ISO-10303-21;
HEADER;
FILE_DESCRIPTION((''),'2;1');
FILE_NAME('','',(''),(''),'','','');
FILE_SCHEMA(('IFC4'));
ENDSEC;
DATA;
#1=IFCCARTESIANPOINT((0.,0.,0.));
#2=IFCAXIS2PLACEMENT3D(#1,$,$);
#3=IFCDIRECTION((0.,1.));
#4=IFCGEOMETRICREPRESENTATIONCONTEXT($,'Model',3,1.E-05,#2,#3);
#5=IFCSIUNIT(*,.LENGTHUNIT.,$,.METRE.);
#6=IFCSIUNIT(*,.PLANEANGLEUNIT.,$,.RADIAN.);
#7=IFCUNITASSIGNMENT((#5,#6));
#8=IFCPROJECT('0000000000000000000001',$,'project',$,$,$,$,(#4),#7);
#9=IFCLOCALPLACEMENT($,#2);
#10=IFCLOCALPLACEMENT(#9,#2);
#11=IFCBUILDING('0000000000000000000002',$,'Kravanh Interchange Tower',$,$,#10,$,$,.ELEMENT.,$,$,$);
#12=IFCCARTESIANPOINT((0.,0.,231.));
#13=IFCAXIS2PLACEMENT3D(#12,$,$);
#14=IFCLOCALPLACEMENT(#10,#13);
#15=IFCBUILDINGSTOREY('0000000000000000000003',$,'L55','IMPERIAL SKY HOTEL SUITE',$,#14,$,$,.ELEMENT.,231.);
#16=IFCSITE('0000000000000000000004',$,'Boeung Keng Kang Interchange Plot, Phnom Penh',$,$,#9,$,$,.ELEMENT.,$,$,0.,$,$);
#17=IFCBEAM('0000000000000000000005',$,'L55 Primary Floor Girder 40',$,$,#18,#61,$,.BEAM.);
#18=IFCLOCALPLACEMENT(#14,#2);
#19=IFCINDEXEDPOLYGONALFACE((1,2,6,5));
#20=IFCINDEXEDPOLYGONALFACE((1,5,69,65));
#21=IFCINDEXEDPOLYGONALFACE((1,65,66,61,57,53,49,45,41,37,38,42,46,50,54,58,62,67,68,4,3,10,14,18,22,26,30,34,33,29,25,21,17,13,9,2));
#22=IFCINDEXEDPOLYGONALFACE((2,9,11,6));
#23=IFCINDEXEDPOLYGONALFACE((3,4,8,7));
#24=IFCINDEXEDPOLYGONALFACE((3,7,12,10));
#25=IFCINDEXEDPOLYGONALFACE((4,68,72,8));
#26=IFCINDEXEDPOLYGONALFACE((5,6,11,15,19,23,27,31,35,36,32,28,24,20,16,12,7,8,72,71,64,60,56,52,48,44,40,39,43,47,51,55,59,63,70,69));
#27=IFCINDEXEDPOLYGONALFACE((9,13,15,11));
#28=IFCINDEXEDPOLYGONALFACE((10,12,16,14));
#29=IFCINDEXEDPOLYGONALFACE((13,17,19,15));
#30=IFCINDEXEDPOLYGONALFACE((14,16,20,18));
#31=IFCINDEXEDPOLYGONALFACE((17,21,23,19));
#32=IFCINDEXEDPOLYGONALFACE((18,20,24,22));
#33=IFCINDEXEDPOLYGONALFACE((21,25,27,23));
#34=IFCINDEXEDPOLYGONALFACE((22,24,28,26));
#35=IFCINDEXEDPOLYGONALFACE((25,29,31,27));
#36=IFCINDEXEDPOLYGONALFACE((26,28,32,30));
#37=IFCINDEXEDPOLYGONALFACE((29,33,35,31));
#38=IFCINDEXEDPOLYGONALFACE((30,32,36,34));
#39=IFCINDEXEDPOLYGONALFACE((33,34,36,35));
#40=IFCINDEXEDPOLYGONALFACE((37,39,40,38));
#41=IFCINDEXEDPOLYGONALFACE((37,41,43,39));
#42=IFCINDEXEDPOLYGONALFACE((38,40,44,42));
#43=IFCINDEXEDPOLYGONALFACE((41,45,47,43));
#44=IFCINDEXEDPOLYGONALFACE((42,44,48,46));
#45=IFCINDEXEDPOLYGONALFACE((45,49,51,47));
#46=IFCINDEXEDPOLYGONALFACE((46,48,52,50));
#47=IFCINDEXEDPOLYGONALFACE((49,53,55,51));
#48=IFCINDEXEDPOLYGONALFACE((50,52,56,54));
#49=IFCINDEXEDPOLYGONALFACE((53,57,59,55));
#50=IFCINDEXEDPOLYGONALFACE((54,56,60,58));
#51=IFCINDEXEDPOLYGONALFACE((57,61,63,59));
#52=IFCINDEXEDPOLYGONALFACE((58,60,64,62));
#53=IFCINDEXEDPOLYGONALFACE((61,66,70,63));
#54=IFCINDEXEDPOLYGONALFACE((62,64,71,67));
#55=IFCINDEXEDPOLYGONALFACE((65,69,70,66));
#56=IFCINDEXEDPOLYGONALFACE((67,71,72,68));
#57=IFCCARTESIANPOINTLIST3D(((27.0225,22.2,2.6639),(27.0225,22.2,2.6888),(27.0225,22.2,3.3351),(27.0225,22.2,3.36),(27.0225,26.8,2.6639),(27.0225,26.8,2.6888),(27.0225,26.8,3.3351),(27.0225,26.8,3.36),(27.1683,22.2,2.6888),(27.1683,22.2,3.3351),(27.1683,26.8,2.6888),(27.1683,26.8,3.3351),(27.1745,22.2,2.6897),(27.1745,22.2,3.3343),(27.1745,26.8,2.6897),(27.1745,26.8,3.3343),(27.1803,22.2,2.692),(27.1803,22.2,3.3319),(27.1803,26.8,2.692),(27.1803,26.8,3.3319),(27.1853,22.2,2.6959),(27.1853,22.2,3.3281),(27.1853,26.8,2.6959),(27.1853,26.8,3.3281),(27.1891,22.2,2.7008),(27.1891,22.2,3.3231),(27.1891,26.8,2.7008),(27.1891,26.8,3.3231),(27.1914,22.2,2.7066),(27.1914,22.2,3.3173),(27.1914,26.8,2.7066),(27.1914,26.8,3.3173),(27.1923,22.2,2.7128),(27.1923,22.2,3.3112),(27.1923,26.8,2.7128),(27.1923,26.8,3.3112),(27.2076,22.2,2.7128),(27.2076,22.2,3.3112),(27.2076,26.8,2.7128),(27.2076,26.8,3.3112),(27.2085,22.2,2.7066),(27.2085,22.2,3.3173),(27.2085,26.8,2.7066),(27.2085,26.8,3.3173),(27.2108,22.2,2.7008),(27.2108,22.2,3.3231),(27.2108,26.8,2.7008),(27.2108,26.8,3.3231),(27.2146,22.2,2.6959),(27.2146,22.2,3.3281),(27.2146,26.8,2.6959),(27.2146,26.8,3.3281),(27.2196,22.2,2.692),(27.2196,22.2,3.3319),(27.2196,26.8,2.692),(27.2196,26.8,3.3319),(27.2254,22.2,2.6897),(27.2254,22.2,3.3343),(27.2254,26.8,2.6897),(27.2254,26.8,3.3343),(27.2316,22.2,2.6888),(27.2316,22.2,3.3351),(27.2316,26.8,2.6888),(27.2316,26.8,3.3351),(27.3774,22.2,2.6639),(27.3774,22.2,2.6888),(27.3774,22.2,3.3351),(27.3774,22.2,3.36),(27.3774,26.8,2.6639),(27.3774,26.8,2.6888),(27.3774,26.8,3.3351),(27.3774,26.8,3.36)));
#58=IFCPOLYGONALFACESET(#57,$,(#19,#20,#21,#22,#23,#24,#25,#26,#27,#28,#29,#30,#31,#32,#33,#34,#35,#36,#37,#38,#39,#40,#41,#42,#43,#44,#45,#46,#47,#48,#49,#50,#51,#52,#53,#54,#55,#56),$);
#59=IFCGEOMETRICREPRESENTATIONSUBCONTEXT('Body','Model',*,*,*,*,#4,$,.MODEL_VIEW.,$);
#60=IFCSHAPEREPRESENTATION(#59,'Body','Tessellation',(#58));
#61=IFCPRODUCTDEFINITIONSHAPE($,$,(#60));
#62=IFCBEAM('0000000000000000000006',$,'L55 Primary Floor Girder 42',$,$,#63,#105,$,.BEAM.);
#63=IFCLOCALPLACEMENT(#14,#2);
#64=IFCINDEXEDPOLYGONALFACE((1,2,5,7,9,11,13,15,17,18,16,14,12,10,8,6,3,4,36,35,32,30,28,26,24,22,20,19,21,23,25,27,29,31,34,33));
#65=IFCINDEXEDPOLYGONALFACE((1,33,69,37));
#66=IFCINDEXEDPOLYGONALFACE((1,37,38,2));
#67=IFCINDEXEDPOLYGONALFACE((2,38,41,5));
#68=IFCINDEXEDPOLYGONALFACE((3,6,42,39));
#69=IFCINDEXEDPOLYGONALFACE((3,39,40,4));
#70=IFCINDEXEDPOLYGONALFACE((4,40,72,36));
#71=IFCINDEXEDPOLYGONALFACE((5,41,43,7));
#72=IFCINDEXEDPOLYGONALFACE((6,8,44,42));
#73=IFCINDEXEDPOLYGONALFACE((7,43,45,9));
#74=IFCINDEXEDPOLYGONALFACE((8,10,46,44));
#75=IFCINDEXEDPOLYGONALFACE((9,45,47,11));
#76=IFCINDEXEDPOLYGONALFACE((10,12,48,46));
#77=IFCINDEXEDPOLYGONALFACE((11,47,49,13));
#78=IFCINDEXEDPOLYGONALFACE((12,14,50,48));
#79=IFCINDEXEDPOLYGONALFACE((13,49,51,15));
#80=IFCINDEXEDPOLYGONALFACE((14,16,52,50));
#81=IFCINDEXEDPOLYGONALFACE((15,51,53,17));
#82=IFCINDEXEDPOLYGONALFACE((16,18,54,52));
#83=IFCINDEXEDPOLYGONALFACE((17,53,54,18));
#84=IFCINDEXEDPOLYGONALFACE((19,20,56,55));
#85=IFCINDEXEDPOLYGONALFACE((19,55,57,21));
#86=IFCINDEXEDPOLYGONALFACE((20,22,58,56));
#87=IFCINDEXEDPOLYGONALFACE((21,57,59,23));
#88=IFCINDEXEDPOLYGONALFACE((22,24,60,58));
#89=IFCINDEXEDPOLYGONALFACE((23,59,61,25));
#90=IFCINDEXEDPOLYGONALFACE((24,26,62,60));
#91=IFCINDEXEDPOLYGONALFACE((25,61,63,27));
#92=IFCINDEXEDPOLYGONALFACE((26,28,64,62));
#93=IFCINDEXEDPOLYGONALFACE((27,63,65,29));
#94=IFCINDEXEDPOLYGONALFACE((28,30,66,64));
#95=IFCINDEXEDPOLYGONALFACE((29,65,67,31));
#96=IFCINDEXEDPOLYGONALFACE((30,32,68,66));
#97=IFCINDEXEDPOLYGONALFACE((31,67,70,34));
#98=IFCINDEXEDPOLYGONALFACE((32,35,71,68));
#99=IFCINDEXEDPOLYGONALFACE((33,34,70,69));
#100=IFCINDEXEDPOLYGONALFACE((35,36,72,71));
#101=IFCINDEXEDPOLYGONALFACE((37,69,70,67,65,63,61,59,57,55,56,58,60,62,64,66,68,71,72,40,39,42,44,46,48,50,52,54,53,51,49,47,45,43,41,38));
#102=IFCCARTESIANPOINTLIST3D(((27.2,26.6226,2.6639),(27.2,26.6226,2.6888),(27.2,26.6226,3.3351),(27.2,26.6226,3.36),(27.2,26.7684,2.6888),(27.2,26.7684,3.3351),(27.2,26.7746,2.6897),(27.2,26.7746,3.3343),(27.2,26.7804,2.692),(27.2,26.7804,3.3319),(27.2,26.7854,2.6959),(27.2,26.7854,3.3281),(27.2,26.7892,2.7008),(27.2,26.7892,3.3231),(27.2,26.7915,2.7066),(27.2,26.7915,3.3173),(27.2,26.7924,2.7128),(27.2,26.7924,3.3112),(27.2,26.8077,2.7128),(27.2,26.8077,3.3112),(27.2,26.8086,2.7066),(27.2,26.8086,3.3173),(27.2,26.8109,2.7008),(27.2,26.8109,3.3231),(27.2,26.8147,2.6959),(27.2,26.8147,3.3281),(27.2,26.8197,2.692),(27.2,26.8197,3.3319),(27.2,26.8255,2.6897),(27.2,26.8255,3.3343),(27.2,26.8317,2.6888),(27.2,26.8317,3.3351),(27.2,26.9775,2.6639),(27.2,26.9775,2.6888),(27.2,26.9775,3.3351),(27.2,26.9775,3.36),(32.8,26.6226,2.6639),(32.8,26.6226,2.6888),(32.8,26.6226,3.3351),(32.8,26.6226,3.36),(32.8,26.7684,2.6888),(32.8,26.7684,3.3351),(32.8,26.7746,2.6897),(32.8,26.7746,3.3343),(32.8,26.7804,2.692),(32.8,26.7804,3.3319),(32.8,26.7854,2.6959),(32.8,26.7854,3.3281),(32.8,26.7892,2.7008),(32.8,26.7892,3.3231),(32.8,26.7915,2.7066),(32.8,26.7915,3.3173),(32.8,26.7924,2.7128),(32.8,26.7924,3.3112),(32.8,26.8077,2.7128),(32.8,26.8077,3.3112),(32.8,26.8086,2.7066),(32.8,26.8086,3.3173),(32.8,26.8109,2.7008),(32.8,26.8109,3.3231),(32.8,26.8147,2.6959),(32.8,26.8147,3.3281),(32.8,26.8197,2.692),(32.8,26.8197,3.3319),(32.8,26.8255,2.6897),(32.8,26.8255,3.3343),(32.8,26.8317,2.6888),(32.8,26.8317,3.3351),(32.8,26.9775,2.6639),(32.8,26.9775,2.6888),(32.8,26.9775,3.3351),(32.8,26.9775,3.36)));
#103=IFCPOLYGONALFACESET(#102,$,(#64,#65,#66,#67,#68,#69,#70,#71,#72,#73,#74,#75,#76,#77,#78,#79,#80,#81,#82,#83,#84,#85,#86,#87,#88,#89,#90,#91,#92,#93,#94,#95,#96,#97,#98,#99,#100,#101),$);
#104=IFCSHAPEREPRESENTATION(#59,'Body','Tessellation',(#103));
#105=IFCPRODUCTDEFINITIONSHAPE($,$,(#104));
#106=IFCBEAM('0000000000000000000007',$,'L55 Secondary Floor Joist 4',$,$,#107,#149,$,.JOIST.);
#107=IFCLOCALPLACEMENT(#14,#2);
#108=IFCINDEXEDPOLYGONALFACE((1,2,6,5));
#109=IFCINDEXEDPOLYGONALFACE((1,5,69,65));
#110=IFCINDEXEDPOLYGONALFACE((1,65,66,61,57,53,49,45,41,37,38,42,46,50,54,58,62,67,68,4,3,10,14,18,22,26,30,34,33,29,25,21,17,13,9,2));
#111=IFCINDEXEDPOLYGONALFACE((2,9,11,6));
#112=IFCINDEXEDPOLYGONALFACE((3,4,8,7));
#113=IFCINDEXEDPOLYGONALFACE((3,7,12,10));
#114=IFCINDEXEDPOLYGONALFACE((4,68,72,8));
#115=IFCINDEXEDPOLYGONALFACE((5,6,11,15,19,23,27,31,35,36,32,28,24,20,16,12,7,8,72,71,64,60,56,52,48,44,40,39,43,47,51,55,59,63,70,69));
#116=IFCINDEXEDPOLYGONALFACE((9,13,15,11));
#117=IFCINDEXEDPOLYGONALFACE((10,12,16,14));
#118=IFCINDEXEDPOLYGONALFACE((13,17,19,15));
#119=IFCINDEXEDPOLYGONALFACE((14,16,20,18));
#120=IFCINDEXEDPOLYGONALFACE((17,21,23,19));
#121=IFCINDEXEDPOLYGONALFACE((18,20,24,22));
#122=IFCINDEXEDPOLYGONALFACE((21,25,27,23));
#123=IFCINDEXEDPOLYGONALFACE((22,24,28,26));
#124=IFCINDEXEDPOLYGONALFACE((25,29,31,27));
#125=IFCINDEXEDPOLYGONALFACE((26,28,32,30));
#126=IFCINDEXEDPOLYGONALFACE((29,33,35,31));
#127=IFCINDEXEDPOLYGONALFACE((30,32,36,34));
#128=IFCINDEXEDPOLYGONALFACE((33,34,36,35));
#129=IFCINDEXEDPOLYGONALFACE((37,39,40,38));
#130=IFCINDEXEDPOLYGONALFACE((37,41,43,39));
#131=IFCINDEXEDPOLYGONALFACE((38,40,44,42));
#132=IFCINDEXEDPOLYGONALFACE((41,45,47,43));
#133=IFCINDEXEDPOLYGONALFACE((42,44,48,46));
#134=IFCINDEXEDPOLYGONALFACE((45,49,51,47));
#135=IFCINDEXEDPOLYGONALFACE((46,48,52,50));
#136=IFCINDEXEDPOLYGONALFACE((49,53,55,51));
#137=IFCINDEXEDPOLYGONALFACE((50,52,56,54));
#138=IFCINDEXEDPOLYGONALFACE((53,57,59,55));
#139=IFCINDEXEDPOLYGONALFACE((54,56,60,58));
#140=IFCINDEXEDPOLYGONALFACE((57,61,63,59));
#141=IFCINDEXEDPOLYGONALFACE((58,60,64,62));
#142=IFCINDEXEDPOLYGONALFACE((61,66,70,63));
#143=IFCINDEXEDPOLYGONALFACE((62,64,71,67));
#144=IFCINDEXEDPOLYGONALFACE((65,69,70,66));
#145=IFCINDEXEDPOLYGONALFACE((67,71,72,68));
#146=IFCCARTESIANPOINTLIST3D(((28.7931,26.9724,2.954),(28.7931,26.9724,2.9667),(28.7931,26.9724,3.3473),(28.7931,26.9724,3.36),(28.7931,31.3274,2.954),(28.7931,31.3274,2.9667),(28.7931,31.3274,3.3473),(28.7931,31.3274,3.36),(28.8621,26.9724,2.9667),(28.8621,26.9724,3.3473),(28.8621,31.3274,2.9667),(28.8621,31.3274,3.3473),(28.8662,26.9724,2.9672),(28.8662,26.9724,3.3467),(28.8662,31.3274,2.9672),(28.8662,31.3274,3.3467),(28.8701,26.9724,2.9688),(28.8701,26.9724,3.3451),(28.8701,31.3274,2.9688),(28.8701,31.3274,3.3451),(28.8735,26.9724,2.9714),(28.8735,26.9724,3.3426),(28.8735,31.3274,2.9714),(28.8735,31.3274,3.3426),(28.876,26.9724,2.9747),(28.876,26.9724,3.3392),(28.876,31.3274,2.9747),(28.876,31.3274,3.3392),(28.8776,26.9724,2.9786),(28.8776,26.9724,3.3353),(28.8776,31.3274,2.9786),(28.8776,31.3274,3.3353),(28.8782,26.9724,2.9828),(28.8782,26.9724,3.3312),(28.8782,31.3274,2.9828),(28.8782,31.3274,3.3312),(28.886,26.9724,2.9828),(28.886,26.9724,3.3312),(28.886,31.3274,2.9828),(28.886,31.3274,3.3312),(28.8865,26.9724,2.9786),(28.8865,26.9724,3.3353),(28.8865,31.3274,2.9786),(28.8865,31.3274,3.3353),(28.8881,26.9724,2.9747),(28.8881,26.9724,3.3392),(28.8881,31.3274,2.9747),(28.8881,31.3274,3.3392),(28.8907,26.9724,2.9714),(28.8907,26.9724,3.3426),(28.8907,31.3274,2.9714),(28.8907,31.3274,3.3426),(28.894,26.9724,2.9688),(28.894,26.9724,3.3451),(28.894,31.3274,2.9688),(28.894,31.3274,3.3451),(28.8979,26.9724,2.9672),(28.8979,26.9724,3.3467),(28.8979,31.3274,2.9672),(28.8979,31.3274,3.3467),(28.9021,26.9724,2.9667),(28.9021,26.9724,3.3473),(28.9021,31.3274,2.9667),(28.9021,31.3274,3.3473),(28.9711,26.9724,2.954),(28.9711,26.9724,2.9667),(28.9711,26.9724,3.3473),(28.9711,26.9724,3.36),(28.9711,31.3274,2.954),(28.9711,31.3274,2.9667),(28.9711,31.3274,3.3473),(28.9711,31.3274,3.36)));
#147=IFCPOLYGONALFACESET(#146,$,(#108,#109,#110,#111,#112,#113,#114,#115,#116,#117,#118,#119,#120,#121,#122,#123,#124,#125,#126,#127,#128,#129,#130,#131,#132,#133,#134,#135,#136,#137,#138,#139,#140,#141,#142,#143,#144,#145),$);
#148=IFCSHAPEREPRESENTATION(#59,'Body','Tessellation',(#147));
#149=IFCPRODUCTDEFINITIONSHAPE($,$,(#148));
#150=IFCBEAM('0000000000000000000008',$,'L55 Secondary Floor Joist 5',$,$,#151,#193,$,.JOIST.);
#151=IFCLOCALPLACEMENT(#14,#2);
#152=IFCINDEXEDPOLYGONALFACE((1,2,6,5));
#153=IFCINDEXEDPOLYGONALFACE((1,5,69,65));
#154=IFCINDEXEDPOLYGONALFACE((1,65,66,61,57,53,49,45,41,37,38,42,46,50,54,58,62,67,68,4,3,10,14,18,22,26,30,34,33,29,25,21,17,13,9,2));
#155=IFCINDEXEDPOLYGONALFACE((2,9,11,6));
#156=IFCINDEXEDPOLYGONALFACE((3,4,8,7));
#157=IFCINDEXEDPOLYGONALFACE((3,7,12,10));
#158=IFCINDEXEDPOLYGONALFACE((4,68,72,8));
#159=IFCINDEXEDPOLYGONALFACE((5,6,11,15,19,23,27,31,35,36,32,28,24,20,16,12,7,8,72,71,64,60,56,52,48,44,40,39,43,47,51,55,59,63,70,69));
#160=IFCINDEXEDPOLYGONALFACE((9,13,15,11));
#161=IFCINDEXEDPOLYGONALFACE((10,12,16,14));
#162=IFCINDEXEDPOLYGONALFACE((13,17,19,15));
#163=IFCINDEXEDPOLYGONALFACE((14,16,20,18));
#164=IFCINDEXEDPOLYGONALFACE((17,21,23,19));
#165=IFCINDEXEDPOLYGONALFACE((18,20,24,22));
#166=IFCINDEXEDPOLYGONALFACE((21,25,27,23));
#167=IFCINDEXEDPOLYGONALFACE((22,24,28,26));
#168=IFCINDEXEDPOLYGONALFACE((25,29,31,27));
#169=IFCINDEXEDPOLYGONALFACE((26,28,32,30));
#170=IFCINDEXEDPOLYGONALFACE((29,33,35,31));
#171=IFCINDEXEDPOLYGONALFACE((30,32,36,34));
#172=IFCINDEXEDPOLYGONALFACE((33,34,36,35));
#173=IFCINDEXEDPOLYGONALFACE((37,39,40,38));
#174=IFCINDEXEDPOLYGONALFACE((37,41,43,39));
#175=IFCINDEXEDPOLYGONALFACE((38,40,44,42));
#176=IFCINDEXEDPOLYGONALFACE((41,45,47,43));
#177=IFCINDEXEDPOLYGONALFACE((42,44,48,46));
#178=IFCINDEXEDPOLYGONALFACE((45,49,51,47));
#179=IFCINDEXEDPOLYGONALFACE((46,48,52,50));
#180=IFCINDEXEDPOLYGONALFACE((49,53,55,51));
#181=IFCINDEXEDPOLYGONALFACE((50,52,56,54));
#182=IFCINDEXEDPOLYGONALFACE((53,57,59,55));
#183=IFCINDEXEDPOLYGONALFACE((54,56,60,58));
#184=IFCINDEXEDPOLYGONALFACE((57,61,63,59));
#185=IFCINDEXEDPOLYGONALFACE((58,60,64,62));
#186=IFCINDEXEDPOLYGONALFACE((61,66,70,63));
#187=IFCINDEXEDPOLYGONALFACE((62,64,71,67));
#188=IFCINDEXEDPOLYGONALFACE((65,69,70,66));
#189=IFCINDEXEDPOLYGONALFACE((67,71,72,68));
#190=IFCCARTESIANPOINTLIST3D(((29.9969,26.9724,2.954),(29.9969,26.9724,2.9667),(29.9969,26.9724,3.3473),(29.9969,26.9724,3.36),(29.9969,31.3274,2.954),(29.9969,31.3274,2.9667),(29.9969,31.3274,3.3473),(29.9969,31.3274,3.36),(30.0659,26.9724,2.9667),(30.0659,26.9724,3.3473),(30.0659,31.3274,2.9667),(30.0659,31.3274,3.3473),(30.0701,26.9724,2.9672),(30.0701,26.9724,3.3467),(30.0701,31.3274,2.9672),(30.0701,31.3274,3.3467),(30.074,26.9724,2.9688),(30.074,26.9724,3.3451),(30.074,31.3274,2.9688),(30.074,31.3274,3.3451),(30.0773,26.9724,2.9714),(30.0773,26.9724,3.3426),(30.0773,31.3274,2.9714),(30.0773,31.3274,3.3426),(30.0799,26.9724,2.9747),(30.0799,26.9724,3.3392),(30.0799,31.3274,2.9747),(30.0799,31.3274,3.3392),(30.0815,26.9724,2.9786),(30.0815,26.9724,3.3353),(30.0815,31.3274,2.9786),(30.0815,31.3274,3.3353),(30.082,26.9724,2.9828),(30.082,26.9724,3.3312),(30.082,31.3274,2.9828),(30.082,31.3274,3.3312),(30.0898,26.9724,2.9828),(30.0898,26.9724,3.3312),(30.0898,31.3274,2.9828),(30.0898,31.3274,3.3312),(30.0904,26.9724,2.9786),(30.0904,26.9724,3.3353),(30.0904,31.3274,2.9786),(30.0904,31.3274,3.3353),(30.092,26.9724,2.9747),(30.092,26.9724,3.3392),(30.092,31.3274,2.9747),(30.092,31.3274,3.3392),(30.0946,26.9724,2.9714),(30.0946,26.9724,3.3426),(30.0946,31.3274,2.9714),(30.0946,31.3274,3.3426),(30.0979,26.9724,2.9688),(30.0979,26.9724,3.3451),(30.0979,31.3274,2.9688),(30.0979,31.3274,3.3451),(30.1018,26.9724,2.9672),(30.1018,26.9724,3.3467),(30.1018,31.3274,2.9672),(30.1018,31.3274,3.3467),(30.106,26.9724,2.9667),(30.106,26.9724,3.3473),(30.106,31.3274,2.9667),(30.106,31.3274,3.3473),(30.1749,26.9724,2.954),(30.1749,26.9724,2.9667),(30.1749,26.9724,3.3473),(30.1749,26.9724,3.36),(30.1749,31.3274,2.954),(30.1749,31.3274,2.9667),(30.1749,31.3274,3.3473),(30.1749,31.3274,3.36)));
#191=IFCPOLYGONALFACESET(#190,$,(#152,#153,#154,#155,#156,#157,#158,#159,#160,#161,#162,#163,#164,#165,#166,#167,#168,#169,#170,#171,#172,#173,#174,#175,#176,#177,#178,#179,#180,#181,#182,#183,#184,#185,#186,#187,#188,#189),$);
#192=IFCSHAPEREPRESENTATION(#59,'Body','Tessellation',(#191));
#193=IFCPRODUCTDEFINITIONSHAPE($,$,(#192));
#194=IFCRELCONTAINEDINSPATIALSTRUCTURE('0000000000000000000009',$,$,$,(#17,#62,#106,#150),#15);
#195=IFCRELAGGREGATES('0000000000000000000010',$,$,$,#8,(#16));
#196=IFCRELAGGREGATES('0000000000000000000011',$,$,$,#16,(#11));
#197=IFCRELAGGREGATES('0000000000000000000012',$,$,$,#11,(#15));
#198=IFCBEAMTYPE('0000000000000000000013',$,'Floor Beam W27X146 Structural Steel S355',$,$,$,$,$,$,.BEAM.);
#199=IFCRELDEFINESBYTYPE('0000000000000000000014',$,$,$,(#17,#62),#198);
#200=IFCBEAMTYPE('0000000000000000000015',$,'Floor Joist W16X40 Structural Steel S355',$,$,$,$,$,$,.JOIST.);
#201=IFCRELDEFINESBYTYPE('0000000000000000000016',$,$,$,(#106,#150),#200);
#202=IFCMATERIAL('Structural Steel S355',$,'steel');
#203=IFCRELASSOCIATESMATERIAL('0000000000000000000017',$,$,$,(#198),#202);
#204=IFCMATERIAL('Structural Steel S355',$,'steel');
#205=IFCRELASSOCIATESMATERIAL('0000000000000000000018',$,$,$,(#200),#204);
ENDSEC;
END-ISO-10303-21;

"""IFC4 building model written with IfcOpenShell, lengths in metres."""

from ifc_helpers import new_model, si_unit, direction, frame, origin, origin_2d, place, context, subcontext, project, spatial, i_section, extrude, material, material_profile, profile_set, type_object, element, save


model = new_model("IFC4")

# Units and contexts
model_context = context("Model", 3, precision=1e-05, world=origin(), true_north=direction((0.0, 1.0)))
body_context = subcontext(model_context, "Body", "Model", "MODEL_VIEW")
ifc_project = project(units=[si_unit("LENGTHUNIT", "METRE"), si_unit("PLANEANGLEUNIT", "RADIAN")], contexts=[model_context])

# Site, building, storey
site_placement = place(None, origin())
site = spatial("IfcSite", under=ifc_project, at=site_placement, Name="Boeung Keng Kang Interchange Plot, Phnom Penh", CompositionType="ELEMENT", RefElevation=0.0)
building_placement = place(site_placement, origin())
building = spatial("IfcBuilding", under=site, at=building_placement, Name="Kravanh Interchange Tower", CompositionType="ELEMENT")
storey_placement = place(building_placement, frame((0.0, 0.0, 231.0)))
storey = spatial("IfcBuildingStorey", under=building, at=storey_placement, Name="L55", Description="IMPERIAL SKY HOTEL SUITE", CompositionType="ELEMENT", Elevation=231.0)

# Beams
ifc_material_1 = material(Name="Structural Steel S355", Category="steel")
ifc_material_profile_1 = material_profile(ifc_material_1, i_section(OverallWidth=0.355, OverallDepth=0.696, WebThickness=0.0154, FlangeThickness=0.0249, FilletRadius=0.0239, at=origin_2d()), Name="W27X146")
ifc_profile_set_1 = profile_set([ifc_material_profile_1], Name="Structural Steel S355")
beam_type_1 = type_object("IfcBeamType", Name="Floor Beam W27X146 Structural Steel S355", PredefinedType="BEAM", material=ifc_profile_set_1)
beam_1_placement = place(storey_placement, frame((27.2, 22.2, 3.012), z_axis=(0.0, 1.0, 0.0), x_axis=(-1.0, 0.0, 0.0)))
element("IfcBeam", 1, at=beam_1_placement, inside=storey, type_object=beam_type_1, Name="L55 Primary Floor Girder 40", PredefinedType="BEAM", context=body_context, shape_type="SweptSolid", body=[
    extrude(i_section(OverallWidth=0.355, OverallDepth=0.696, WebThickness=0.0154, FlangeThickness=0.0249, FilletRadius=0.0239, at=origin_2d()), origin(), (0.0, 0.0, 1.0), 4.6001),
])
beam_2_placement = place(storey_placement, frame((27.2, 26.8, 3.012), z_axis=(1.0, 0.0, 0.0), x_axis=(0.0, 1.0, 0.0)))
element("IfcBeam", 2, at=beam_2_placement, inside=storey, type_object=beam_type_1, Name="L55 Primary Floor Girder 42", PredefinedType="BEAM", context=body_context, shape_type="SweptSolid", body=[
    extrude(i_section(OverallWidth=0.355, OverallDepth=0.696, WebThickness=0.0154, FlangeThickness=0.0249, FilletRadius=0.0239, at=origin_2d()), origin(), (0.0, 0.0, 1.0), 5.6001),
])
ifc_material_2 = material(Name="Structural Steel S355", Category="steel")
ifc_material_profile_2 = material_profile(ifc_material_2, i_section(OverallWidth=0.178, OverallDepth=0.406, WebThickness=0.0078, FlangeThickness=0.0127, FilletRadius=0.0161, at=origin_2d()), Name="W16X40")
ifc_profile_set_2 = profile_set([ifc_material_profile_2], Name="Structural Steel S355")
beam_type_2 = type_object("IfcBeamType", Name="Floor Joist W16X40 Structural Steel S355", PredefinedType="JOIST", material=ifc_profile_set_2)
for number, where, z_axis, x_axis, name in (
    (3, (28.8821, 26.9724, 3.157), (0.0, 1.0, 0.0), (-1.0, 0.0, 0.0), "L55 Secondary Floor Joist 4"),
    (4, (30.0859, 26.9724, 3.157), (0.0, 1.0, 0.0), (-1.0, 0.0, 0.0), "L55 Secondary Floor Joist 5"),
):
    element("IfcBeam", number, at=place(storey_placement, frame(where, z_axis=z_axis, x_axis=x_axis)), inside=storey, type_object=beam_type_2, Name=name, PredefinedType="JOIST", context=body_context, shape_type="SweptSolid", body=[
        extrude(i_section(OverallWidth=0.178, OverallDepth=0.406, WebThickness=0.0078, FlangeThickness=0.0127, FilletRadius=0.0161, at=origin_2d()), origin(), (0.0, 0.0, 1.0), 4.355),
    ])

save(model, "model.ifc")
